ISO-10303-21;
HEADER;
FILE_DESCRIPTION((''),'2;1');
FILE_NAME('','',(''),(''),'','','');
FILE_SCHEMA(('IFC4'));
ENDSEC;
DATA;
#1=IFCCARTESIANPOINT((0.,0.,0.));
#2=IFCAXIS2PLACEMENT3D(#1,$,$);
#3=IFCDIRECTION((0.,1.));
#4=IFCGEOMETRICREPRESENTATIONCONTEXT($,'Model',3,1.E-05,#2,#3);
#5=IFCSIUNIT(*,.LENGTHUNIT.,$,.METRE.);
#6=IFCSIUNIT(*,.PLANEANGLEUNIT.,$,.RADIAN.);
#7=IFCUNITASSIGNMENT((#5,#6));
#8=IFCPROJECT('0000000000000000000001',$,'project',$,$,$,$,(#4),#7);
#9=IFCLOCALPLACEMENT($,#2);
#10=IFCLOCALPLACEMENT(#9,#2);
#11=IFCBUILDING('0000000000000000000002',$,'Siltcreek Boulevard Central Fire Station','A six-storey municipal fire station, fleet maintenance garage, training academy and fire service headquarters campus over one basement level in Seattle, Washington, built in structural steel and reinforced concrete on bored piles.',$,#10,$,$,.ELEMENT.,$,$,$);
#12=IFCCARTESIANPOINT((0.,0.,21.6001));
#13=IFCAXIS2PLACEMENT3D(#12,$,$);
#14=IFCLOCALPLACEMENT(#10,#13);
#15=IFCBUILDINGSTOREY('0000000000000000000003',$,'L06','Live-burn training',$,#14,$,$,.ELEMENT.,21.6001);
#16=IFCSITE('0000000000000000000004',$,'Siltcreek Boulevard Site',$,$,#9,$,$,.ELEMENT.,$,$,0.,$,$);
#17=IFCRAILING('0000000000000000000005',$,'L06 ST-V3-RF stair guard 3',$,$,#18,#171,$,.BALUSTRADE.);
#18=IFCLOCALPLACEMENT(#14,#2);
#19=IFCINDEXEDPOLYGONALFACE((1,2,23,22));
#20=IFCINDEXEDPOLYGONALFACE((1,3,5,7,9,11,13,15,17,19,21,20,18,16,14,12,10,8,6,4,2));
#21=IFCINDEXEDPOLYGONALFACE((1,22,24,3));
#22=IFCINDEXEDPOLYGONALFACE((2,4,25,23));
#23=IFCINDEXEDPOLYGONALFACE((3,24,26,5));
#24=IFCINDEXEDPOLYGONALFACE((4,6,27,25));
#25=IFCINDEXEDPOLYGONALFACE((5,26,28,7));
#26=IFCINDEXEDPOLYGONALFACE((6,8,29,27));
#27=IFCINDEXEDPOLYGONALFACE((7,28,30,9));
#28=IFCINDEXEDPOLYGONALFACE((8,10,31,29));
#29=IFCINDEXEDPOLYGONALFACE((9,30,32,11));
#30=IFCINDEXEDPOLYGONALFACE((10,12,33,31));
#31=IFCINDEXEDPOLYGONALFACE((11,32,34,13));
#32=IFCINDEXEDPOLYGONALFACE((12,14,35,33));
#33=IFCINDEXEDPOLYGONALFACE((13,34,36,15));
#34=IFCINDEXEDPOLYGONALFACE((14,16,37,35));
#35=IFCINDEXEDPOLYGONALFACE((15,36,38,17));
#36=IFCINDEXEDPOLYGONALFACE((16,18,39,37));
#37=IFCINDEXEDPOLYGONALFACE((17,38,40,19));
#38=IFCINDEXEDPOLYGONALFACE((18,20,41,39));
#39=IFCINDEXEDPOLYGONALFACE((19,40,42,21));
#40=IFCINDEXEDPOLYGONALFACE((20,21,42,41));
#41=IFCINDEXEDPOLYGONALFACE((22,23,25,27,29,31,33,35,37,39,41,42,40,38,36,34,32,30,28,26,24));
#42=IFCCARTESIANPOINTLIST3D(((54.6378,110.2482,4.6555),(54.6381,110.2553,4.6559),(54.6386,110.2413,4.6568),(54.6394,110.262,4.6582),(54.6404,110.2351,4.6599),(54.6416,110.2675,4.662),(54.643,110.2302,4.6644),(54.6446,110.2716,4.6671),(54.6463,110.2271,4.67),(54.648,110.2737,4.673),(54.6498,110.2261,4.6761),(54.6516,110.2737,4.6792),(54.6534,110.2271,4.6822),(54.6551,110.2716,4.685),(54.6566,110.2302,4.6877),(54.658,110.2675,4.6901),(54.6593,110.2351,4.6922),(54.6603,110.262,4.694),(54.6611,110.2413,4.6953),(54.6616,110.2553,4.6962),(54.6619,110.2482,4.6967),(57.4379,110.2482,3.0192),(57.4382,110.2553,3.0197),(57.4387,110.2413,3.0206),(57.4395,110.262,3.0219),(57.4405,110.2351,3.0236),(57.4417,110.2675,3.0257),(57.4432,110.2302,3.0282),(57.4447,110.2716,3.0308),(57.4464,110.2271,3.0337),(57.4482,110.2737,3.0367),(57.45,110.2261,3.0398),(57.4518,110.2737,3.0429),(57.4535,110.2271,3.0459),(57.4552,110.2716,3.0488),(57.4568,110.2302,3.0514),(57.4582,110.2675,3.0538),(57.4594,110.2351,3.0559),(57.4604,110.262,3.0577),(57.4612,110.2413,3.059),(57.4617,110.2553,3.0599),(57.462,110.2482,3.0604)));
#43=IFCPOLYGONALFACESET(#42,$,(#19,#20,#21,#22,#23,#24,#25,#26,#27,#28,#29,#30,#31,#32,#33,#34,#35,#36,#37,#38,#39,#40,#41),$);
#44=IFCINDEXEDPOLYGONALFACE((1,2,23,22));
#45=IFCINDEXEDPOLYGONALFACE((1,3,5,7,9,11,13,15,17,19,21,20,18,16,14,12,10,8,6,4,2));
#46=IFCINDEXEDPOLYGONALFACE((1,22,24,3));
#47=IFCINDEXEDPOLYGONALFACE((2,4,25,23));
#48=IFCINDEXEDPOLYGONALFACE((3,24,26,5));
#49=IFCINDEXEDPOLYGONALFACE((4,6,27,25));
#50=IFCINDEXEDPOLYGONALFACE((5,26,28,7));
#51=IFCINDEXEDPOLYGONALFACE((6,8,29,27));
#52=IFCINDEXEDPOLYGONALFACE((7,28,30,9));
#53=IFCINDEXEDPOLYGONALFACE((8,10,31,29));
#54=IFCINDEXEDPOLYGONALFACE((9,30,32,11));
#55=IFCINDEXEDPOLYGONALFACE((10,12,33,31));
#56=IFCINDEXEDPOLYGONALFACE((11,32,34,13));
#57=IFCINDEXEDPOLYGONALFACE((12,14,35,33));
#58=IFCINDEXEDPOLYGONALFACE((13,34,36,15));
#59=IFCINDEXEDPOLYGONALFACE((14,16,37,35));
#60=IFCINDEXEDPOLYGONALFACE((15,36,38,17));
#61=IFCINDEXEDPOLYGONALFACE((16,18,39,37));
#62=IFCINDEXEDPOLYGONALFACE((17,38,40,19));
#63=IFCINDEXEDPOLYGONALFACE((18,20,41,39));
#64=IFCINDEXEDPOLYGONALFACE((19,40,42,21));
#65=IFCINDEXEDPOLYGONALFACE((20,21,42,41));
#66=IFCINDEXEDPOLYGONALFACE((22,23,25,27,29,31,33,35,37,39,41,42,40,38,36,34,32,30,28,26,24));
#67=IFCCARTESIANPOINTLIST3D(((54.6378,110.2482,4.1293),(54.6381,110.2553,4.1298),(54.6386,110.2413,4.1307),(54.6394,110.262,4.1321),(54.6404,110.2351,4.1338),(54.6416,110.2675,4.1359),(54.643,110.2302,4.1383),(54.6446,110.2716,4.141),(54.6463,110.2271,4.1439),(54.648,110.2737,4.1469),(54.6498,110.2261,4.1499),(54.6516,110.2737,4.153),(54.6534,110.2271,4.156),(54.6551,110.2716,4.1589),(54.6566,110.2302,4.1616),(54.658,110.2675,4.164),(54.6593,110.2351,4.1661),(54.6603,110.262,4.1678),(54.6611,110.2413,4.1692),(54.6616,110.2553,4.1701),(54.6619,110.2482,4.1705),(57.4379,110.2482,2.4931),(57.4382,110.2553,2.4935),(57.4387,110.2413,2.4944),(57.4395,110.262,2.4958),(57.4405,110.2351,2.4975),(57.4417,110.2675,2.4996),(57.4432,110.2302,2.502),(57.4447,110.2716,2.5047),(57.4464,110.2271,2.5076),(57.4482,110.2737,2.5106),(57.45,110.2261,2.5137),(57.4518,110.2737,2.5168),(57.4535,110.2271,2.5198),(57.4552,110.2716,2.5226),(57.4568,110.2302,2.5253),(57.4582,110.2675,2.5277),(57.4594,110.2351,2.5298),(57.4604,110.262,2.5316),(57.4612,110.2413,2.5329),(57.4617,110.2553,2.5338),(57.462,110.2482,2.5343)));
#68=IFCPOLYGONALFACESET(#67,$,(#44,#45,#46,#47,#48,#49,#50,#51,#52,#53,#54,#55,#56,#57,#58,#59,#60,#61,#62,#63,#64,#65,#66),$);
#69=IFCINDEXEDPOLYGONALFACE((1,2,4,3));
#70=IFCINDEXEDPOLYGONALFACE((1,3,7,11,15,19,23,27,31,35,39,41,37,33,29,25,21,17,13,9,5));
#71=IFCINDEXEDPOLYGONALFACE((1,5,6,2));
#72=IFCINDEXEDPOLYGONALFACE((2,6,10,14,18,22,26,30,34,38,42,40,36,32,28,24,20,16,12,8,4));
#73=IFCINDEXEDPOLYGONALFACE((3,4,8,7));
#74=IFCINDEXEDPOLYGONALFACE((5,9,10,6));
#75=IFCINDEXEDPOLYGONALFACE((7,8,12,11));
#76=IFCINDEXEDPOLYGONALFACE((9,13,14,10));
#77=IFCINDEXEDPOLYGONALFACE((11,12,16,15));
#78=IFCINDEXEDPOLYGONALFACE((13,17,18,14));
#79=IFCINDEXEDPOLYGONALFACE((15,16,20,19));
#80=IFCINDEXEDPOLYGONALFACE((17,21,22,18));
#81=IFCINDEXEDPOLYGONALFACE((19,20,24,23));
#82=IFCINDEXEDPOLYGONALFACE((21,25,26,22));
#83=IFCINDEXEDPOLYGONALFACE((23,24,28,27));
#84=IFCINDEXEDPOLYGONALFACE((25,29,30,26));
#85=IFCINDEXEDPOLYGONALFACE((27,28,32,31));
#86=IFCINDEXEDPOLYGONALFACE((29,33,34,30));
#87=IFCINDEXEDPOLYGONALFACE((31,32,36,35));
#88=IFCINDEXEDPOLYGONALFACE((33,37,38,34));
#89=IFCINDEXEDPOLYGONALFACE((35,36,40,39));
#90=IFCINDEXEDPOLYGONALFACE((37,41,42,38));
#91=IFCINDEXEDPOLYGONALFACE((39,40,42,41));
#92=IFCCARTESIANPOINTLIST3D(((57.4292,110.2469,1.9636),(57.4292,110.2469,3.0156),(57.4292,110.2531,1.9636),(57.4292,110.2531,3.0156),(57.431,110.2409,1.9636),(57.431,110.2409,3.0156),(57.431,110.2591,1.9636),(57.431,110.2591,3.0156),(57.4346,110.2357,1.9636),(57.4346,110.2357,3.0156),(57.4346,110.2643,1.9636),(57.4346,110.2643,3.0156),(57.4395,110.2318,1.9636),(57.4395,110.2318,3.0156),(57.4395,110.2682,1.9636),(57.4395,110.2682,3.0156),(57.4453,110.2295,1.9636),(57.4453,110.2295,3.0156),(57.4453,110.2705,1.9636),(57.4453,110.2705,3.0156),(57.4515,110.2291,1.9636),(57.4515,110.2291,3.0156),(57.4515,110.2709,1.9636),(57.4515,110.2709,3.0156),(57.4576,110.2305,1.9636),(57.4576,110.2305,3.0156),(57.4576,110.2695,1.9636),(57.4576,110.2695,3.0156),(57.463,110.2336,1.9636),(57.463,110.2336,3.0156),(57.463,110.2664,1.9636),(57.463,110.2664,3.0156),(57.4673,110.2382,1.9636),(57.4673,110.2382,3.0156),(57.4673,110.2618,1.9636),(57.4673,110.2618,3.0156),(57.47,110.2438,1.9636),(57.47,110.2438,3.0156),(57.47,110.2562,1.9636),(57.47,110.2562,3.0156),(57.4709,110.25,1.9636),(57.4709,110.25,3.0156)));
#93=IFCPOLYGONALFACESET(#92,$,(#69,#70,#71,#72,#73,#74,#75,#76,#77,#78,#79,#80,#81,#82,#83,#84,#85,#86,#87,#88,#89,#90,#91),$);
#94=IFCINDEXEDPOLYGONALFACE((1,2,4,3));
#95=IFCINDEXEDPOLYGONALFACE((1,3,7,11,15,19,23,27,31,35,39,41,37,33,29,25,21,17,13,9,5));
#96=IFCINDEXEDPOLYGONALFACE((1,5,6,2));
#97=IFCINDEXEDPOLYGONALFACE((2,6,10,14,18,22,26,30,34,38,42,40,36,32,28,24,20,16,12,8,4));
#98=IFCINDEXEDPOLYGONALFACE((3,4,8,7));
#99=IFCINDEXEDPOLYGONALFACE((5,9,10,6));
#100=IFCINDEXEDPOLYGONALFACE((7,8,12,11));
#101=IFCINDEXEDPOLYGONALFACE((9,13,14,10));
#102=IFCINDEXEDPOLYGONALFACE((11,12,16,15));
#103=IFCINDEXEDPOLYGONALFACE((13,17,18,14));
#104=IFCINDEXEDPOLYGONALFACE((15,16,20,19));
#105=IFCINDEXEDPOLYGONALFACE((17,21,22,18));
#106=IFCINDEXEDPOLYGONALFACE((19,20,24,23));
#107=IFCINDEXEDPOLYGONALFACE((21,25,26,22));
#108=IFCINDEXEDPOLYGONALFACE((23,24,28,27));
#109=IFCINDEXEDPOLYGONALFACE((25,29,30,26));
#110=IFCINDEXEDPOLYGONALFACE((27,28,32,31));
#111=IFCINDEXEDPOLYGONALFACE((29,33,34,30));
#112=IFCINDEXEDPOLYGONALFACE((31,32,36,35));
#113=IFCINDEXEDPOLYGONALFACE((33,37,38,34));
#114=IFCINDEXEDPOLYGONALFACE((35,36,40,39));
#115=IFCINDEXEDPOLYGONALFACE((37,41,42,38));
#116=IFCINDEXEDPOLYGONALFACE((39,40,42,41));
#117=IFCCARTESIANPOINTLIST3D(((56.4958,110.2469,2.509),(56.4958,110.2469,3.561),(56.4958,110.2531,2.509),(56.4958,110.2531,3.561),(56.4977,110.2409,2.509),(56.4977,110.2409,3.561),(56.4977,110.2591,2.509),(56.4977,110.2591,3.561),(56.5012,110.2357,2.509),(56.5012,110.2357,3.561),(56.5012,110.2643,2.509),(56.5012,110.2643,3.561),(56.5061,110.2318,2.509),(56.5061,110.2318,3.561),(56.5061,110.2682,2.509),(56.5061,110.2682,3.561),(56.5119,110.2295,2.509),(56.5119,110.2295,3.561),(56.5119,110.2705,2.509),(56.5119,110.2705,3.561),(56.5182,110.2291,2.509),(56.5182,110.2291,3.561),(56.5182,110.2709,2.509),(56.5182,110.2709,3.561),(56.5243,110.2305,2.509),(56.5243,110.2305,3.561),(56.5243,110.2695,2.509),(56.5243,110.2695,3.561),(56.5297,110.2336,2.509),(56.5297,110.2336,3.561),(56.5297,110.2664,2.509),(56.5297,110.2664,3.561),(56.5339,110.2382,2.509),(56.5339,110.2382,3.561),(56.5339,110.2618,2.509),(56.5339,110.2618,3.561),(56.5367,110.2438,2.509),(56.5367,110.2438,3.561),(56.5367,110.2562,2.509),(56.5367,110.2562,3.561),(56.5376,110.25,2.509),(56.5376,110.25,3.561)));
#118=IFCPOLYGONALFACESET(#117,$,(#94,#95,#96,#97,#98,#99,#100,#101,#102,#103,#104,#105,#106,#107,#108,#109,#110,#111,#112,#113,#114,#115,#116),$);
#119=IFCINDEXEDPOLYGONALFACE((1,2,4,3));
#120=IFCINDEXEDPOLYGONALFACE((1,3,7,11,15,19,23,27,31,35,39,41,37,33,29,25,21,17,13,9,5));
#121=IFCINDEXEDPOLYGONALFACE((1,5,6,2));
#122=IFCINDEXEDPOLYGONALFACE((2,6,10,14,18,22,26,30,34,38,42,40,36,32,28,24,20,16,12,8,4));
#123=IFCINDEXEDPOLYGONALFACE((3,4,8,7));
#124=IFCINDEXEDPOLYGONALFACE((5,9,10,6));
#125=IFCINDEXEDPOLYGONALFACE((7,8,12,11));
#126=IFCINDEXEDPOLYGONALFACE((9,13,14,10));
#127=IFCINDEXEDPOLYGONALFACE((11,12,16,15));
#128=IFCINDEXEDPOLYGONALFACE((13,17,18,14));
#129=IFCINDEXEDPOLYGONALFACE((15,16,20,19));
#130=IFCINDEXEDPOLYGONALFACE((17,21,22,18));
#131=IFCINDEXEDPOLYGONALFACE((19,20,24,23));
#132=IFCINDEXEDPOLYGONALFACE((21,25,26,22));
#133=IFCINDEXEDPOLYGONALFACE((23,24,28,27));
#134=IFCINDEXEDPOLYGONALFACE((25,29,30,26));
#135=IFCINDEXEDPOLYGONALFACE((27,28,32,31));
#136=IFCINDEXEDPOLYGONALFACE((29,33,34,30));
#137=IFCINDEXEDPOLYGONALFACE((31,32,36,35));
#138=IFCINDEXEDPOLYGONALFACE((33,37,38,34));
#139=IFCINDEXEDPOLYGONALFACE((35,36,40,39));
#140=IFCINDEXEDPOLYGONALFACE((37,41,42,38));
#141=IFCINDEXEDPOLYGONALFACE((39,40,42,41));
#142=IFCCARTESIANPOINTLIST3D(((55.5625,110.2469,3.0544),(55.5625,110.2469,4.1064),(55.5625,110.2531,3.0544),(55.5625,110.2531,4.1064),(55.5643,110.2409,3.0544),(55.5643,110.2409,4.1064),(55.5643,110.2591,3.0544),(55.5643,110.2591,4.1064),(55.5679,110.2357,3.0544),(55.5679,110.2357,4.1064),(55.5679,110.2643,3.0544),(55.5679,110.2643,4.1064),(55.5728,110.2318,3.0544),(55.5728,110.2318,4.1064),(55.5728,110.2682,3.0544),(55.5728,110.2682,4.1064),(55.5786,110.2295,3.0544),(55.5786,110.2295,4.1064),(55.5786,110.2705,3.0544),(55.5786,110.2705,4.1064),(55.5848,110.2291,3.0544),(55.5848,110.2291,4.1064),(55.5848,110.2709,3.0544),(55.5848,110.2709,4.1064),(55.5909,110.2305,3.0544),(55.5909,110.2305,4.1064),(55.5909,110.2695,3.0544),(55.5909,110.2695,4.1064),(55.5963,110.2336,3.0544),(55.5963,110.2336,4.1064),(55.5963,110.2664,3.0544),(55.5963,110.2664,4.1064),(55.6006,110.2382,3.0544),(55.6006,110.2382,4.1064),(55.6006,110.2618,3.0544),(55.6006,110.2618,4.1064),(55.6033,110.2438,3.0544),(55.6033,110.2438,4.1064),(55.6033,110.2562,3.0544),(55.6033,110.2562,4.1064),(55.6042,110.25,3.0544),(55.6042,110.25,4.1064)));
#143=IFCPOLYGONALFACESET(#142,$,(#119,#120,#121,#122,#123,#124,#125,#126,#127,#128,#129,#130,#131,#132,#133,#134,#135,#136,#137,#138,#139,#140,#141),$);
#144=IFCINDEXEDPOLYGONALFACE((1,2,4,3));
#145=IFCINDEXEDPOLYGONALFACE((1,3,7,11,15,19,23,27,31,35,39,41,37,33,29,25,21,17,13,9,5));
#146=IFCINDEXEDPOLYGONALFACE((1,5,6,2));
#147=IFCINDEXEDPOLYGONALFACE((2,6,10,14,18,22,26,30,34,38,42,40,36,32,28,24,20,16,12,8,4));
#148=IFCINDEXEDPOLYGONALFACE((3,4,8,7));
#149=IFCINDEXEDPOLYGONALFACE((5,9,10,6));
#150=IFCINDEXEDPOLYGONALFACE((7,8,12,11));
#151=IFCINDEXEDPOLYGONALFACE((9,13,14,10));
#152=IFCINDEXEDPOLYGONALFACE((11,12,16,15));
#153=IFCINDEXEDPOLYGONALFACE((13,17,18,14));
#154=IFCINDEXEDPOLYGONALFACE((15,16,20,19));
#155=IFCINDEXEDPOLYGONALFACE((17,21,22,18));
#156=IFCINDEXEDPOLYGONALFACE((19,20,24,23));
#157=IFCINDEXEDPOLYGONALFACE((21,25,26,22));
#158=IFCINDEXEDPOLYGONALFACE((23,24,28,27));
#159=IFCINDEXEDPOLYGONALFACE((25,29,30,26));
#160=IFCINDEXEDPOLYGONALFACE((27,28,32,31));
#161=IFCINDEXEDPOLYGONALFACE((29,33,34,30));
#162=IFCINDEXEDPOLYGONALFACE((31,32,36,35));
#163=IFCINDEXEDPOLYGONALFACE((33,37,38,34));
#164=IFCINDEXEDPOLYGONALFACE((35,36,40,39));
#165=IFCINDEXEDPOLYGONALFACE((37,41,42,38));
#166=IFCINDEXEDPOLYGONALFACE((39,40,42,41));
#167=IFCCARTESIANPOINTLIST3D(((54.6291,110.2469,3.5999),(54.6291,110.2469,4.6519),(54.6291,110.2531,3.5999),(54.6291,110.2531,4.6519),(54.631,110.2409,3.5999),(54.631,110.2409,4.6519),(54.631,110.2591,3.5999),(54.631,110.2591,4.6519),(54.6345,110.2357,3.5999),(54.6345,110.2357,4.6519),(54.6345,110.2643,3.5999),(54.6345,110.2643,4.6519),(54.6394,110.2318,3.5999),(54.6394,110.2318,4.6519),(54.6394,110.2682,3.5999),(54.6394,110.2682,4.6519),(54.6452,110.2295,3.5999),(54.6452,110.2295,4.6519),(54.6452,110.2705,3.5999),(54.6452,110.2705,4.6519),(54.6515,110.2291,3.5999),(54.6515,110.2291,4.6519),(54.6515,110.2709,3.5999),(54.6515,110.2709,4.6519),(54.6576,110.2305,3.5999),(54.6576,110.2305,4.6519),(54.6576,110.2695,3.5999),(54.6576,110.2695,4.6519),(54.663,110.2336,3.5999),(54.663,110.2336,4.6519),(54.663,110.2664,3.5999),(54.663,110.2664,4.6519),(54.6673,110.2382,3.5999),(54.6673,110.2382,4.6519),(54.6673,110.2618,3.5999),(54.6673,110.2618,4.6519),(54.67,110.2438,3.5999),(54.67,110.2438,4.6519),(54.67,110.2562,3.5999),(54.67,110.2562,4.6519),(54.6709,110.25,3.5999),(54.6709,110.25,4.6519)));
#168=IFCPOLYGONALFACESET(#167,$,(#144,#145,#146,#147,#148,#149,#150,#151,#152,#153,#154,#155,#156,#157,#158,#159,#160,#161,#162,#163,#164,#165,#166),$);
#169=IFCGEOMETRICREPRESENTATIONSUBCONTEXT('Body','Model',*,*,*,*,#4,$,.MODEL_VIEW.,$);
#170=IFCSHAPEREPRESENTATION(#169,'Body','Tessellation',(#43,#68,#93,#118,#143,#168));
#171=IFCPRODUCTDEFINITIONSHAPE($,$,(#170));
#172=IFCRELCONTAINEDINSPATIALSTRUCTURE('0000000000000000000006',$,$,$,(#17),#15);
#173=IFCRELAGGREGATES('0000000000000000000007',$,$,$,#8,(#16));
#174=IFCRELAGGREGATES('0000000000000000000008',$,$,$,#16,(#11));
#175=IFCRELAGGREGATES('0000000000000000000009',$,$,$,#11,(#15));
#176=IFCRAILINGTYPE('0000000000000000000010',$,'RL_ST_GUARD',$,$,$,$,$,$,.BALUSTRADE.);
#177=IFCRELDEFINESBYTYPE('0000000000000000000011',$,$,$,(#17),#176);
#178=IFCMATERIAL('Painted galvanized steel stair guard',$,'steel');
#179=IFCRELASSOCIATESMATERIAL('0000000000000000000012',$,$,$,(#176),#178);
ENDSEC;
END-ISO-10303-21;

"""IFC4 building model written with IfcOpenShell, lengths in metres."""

from ifc_helpers import new_model, si_unit, direction, frame, origin, origin_2d, place, context, subcontext, project, spatial, circle, extrude, material, type_object, element, save


model = new_model("IFC4")

# Units and contexts
model_context = context("Model", 3, precision=1e-05, world=origin(), true_north=direction((0.0, 1.0)))
body_context = subcontext(model_context, "Body", "Model", "MODEL_VIEW")
ifc_project = project(units=[si_unit("LENGTHUNIT", "METRE"), si_unit("PLANEANGLEUNIT", "RADIAN")], contexts=[model_context])

# Site, building, storey
site_placement = place(None, origin())
site = spatial("IfcSite", under=ifc_project, at=site_placement, Name="Siltcreek Boulevard Site", CompositionType="ELEMENT", RefElevation=0.0)
building_placement = place(site_placement, origin())
building = spatial("IfcBuilding", under=site, at=building_placement, Name="Siltcreek Boulevard Central Fire Station", Description="A six-storey municipal fire station, fleet maintenance garage, training academy and fire service headquarters campus over one basement level in Seattle, Washington, built in structural steel and reinforced concrete on bored piles.", CompositionType="ELEMENT")
storey_placement = place(building_placement, frame((0.0, 0.0, 21.6001)))
storey = spatial("IfcBuildingStorey", under=building, at=storey_placement, Name="L06", Description="Live-burn training", CompositionType="ELEMENT", Elevation=21.6001)

# Railing
ifc_material_1 = material(Name="Painted galvanized steel stair guard", Category="steel")
railing_type_1 = type_object("IfcRailingType", Name="RL_ST_GUARD", PredefinedType="BALUSTRADE", material=ifc_material_1)
railing_1_placement = place(storey_placement, frame((57.45, 110.25, 1.9636)))
element("IfcRailing", 1, at=railing_1_placement, inside=storey, type_object=railing_type_1, Name="L06 ST-V3-RF stair guard 3", PredefinedType="BALUSTRADE", context=body_context, shape_type="SweptSolid", body=[
    extrude(circle(Radius=0.0239, at=origin_2d()), frame((0.0, 0.0, 1.0762), z_axis=(-0.863394, 0.0, 0.504531), x_axis=(0.0, -1.0, 0.0)), (0.0, 0.0, 1.0), 3.2432),
    extrude(circle(Radius=0.0239, at=origin_2d()), frame((0.0, 0.0, 0.55), z_axis=(-0.863394, 0.0, 0.504531), x_axis=(0.0, -1.0, 0.0)), (0.0, 0.0, 1.0), 3.2432),
    extrude(circle(Radius=0.021, at=origin_2d()), origin(), (0.0, 0.0, 1.0), 1.052),
    extrude(circle(Radius=0.021, at=origin_2d()), frame((-0.9333, 0.0, 0.5454)), (0.0, 0.0, 1.0), 1.052),
    extrude(circle(Radius=0.021, at=origin_2d()), frame((-1.8667, 0.0, 1.0908)), (0.0, 0.0, 1.0), 1.052),
    extrude(circle(Radius=0.021, at=origin_2d()), frame((-2.8, 0.0, 1.6362)), (0.0, 0.0, 1.0), 1.052),
])

save(model, "model.ifc")
